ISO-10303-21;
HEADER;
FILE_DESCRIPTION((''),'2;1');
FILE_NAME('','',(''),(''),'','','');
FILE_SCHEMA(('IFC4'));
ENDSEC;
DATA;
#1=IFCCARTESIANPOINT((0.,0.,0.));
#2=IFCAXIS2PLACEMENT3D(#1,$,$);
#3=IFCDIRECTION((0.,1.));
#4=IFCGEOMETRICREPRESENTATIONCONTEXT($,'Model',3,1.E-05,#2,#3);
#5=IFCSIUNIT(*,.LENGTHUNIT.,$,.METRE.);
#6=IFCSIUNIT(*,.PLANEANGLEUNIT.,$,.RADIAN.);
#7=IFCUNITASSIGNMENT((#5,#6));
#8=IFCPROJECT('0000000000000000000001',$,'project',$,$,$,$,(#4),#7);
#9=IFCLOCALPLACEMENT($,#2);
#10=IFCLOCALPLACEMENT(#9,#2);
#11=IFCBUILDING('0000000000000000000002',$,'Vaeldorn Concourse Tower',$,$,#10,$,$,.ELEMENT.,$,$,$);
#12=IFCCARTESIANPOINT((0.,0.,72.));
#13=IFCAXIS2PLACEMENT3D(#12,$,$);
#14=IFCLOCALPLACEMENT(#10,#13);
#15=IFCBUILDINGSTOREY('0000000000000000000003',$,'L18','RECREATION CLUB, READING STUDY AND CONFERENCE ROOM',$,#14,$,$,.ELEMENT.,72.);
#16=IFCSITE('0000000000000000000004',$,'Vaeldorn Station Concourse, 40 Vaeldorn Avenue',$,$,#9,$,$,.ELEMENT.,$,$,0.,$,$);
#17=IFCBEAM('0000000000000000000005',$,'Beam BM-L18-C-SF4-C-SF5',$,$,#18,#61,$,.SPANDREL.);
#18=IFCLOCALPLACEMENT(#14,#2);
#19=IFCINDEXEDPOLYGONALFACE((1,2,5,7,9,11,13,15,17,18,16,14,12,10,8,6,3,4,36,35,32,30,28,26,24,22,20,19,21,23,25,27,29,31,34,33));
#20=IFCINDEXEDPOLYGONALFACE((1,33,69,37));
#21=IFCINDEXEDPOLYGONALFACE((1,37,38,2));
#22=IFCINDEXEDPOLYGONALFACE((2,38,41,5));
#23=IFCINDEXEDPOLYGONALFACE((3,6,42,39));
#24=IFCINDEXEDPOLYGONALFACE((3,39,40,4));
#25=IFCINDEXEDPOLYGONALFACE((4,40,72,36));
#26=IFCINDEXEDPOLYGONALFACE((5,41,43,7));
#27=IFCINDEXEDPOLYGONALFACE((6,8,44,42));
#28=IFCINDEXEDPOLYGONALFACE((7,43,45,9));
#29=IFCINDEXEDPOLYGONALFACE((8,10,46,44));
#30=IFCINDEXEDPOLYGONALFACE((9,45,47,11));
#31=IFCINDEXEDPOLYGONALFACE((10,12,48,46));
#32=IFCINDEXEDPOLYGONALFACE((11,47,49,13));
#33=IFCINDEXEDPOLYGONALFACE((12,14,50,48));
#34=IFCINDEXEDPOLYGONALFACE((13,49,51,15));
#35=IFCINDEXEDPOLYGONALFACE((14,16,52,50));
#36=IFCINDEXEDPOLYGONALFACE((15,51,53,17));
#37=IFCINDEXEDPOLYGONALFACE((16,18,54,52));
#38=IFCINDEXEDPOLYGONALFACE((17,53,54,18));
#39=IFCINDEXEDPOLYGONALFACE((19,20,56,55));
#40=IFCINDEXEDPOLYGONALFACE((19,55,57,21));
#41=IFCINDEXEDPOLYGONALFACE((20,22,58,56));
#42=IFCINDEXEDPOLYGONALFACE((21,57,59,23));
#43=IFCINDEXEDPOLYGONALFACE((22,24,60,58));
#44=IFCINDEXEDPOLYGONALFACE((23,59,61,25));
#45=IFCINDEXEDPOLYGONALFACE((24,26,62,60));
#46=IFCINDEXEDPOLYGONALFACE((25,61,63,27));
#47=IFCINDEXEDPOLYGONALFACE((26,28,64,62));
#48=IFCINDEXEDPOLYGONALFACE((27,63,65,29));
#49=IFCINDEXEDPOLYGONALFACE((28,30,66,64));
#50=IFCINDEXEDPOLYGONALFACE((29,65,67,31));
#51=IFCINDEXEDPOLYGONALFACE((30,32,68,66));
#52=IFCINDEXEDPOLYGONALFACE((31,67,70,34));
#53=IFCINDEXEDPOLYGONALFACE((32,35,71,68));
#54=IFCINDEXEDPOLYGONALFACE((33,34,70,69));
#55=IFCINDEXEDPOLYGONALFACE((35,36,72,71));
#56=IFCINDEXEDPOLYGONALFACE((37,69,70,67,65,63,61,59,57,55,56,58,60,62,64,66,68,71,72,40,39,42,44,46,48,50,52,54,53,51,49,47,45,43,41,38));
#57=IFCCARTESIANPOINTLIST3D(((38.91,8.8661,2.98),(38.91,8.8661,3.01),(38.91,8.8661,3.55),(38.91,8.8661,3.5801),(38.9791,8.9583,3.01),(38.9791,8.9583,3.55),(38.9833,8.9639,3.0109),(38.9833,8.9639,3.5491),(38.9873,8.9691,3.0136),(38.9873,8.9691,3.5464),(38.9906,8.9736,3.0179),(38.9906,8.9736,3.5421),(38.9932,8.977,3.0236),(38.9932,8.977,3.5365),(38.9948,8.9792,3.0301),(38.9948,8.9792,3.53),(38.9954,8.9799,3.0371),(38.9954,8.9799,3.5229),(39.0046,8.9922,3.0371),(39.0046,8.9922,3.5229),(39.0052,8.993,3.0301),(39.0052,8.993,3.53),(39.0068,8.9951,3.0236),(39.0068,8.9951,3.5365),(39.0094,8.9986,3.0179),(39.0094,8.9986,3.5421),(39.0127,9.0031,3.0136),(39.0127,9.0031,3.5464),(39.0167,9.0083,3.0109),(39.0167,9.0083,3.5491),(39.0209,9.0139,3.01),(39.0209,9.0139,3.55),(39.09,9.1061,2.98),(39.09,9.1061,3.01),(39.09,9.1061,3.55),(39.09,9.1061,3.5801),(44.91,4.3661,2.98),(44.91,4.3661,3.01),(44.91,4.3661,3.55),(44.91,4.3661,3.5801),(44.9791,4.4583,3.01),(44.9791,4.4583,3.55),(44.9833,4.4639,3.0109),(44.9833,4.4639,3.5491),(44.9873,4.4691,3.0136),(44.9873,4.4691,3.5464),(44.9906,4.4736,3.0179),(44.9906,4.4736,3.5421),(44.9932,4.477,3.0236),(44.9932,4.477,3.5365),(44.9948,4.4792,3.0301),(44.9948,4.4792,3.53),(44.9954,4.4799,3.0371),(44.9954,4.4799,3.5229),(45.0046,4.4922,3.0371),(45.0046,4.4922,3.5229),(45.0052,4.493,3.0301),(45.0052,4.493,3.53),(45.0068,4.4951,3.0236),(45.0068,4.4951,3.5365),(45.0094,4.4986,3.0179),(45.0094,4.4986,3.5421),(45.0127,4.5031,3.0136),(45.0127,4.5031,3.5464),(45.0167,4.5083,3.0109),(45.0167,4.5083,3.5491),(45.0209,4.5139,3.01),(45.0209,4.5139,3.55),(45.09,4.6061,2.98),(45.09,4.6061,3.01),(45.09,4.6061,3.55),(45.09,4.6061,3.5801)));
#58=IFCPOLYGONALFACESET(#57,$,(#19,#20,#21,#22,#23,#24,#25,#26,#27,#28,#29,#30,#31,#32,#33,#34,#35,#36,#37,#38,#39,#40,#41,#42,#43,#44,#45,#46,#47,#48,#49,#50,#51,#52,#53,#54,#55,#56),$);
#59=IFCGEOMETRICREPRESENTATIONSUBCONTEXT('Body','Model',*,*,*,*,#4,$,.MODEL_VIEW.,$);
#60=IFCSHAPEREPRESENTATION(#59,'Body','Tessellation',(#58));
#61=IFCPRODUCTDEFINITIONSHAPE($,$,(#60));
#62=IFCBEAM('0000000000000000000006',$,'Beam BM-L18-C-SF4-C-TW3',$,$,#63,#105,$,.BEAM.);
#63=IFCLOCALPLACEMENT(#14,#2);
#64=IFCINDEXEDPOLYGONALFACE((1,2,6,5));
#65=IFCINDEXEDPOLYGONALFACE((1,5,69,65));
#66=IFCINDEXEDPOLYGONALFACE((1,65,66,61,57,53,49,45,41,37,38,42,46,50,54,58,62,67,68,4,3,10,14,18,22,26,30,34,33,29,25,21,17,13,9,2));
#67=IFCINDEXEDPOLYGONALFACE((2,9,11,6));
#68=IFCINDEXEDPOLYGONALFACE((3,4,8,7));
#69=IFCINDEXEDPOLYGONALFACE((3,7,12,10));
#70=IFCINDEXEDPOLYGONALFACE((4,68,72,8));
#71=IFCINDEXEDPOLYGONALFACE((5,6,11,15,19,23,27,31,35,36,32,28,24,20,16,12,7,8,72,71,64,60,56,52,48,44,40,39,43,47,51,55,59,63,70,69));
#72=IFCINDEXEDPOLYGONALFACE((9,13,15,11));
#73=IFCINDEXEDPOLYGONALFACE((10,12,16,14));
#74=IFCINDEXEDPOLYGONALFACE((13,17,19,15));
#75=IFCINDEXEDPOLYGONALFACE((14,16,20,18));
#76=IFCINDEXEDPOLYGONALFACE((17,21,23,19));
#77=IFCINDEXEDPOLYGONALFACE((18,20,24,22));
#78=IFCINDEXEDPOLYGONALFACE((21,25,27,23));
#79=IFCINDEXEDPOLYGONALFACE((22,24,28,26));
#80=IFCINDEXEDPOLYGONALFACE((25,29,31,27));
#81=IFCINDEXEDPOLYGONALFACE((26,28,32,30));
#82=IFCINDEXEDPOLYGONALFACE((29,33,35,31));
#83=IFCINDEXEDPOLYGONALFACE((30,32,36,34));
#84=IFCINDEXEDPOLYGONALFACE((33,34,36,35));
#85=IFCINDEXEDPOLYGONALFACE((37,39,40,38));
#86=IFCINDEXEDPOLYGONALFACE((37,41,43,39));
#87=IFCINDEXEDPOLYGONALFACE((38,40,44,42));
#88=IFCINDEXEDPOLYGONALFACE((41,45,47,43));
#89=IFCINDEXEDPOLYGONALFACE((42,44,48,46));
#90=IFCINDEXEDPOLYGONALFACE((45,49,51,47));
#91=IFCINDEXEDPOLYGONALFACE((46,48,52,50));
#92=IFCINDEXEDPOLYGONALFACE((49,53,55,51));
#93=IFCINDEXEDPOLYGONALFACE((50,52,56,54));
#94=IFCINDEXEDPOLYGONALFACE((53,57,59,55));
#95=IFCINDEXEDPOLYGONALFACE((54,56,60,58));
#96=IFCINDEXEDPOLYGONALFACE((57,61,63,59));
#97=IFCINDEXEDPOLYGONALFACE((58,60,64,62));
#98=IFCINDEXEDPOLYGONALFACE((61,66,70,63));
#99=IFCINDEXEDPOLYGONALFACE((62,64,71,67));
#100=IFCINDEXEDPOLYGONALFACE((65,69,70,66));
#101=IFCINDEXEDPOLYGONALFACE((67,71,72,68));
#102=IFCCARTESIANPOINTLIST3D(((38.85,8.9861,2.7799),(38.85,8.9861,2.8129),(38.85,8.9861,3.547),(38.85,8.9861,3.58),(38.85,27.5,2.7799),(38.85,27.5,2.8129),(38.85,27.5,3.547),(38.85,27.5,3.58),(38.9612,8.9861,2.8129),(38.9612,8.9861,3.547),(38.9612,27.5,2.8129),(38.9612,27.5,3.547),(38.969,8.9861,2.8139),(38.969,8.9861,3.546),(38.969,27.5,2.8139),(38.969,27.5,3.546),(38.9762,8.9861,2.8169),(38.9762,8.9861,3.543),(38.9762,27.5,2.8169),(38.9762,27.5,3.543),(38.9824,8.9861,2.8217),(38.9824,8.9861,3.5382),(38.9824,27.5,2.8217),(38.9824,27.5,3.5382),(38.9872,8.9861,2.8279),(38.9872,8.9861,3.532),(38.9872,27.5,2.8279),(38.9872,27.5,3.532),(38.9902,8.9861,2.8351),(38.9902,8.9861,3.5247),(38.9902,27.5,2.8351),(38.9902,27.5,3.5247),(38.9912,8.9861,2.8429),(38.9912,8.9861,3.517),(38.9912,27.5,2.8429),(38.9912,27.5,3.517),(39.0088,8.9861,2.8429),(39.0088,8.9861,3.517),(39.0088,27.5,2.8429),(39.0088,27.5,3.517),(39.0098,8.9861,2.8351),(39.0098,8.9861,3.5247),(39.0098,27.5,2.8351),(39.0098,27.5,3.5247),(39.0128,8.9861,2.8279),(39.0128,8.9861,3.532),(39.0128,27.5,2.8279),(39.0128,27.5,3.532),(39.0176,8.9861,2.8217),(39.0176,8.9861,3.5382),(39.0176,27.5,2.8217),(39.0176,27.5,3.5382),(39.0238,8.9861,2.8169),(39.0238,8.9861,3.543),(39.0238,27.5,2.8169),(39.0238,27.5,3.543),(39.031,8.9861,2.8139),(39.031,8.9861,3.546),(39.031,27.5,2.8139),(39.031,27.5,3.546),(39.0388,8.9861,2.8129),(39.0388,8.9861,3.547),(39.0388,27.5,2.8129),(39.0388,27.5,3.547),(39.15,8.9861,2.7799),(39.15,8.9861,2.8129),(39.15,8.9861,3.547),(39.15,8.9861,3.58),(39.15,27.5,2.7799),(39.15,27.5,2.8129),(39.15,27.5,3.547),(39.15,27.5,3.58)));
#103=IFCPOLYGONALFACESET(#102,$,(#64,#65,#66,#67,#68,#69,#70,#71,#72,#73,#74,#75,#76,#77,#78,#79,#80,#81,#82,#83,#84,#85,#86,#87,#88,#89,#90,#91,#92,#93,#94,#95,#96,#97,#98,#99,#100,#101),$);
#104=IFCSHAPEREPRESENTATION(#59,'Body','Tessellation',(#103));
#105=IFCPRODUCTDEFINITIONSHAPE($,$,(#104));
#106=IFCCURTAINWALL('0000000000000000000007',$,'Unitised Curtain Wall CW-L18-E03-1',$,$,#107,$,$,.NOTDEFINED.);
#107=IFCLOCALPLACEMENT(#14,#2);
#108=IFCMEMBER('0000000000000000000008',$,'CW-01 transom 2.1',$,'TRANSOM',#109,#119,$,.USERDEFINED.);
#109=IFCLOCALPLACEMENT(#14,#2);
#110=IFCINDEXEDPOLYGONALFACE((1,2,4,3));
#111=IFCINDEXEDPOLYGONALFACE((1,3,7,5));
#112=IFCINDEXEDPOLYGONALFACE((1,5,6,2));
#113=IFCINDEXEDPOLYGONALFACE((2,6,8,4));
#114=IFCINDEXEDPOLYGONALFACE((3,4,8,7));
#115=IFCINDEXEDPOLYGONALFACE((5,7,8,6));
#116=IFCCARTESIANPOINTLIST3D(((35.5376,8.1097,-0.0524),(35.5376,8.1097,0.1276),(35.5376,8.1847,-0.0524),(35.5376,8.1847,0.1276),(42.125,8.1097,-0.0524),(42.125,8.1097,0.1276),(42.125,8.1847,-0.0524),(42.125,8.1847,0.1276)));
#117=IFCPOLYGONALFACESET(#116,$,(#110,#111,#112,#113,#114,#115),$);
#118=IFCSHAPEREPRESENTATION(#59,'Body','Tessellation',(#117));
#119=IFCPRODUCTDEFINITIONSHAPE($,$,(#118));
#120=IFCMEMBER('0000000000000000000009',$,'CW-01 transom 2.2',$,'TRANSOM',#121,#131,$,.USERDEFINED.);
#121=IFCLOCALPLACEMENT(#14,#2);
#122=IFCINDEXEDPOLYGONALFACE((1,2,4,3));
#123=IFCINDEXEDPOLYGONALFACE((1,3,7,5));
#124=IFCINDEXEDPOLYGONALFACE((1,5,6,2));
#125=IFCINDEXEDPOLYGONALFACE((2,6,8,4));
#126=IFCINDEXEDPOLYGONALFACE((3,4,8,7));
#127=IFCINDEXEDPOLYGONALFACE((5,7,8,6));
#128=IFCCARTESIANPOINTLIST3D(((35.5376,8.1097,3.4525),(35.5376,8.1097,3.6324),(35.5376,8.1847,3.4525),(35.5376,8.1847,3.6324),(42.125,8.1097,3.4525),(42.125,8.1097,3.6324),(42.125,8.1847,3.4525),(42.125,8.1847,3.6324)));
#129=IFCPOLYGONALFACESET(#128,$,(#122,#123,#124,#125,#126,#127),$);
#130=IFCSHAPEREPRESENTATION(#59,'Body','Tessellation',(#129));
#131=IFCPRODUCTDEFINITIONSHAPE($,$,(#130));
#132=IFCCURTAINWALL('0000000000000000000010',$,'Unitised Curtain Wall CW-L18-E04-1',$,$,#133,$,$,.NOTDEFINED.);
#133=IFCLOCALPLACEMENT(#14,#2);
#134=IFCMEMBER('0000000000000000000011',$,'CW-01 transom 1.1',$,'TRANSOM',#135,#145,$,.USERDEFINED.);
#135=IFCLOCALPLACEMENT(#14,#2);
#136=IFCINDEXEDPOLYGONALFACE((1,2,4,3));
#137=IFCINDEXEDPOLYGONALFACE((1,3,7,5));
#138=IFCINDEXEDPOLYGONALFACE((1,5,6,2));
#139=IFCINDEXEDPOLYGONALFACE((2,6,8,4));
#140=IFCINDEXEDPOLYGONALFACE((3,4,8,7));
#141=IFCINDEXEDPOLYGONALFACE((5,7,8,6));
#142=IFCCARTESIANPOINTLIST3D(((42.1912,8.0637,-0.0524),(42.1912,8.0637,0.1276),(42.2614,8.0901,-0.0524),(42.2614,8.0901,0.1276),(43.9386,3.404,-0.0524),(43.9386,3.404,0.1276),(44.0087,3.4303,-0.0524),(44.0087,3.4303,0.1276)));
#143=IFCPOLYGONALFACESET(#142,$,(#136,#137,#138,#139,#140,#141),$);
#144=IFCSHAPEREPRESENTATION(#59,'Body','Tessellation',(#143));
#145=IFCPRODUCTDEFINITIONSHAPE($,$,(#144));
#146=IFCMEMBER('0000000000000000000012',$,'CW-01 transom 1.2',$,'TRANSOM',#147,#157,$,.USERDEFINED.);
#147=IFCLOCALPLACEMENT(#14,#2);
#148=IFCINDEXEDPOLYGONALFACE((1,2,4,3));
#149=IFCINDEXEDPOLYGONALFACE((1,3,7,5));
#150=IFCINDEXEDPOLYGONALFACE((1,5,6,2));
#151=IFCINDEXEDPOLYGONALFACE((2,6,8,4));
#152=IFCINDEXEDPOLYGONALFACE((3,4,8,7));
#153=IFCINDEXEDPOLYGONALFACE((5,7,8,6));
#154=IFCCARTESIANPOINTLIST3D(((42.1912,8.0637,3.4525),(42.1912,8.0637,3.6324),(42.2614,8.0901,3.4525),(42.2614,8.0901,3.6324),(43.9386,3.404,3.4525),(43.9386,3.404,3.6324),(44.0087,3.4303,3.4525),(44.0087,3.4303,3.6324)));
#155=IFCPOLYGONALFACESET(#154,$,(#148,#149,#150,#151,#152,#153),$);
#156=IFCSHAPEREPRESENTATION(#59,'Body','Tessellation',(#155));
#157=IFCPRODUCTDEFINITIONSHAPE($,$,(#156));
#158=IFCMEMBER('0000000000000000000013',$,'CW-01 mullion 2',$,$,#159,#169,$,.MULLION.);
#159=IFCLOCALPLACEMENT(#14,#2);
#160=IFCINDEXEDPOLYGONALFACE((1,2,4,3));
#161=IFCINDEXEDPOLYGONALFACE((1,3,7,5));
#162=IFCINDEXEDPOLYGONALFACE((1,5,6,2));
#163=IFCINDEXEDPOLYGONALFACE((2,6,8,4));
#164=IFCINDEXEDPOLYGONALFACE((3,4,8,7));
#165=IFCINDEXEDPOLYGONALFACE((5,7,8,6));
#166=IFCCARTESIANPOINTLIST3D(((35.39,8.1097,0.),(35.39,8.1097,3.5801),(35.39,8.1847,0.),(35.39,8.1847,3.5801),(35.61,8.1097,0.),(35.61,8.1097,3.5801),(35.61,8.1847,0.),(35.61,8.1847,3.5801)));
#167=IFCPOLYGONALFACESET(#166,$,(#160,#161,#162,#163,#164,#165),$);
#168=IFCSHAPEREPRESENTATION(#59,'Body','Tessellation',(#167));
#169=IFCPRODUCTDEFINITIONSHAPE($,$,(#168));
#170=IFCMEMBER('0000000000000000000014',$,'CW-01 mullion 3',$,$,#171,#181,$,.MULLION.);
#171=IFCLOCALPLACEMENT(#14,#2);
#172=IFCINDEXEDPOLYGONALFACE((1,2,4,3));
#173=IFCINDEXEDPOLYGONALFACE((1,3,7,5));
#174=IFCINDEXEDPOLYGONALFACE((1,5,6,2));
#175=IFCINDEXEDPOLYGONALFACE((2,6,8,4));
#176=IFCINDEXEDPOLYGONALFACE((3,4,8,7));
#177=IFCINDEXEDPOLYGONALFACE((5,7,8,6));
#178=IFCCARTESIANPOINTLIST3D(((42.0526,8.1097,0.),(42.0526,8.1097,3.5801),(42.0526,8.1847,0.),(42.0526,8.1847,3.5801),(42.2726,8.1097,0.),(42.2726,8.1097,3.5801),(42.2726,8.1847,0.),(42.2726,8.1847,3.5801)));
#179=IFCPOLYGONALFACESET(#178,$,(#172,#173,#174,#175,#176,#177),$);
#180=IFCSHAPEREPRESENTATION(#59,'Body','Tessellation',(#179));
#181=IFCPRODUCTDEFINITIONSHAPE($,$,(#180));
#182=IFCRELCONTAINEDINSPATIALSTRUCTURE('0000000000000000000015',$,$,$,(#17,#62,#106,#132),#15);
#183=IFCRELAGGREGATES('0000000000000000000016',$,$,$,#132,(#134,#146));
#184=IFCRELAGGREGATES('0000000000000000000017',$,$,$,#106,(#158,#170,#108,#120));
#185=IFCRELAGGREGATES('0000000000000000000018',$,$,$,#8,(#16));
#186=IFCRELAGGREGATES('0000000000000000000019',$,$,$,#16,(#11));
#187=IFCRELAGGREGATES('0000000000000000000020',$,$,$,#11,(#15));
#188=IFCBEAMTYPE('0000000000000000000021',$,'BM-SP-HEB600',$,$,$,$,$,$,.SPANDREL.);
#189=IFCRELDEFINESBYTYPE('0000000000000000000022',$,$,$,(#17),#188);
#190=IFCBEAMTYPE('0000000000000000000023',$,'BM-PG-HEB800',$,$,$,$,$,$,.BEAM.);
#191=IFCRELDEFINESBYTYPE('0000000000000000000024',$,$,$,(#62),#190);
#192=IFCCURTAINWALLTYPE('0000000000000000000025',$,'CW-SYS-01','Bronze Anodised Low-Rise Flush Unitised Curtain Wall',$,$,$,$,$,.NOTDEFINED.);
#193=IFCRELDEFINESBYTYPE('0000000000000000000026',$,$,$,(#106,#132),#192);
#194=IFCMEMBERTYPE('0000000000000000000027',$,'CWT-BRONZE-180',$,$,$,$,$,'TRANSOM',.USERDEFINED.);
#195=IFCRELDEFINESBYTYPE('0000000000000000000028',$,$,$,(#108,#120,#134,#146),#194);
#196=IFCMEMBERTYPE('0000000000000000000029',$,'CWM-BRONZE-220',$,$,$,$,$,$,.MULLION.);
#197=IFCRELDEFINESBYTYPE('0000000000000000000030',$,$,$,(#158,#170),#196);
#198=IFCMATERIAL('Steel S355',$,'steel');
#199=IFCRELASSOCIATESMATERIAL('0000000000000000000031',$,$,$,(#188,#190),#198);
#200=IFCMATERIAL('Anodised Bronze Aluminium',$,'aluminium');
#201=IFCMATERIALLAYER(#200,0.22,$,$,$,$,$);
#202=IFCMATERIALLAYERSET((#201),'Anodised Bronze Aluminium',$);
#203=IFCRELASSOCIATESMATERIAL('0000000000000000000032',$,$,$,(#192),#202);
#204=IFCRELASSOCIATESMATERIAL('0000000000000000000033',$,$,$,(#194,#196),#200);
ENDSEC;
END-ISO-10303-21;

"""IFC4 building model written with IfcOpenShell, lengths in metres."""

from ifc_helpers import new_model, si_unit, direction, frame, origin, origin_2d, place, context, subcontext, project, spatial, rectangle, i_section, extrude, source, transform, mapped, material, layer, layer_set, material_profile, profile_set, type_object, element, aggregate, save


model = new_model("IFC4")

# Units and contexts
model_context = context("Model", 3, precision=1e-05, world=origin(), true_north=direction((0.0, 1.0)))
body_context = subcontext(model_context, "Body", "Model", "MODEL_VIEW")
ifc_project = project(units=[si_unit("LENGTHUNIT", "METRE"), si_unit("PLANEANGLEUNIT", "RADIAN")], contexts=[model_context])

# Site, building, storey
site_placement = place(None, origin())
site = spatial("IfcSite", under=ifc_project, at=site_placement, Name="Vaeldorn Station Concourse, 40 Vaeldorn Avenue", CompositionType="ELEMENT", RefElevation=0.0)
building_placement = place(site_placement, origin())
building = spatial("IfcBuilding", under=site, at=building_placement, Name="Vaeldorn Concourse Tower", CompositionType="ELEMENT")
storey_placement = place(building_placement, frame((0.0, 0.0, 72.0)))
storey = spatial("IfcBuildingStorey", under=building, at=storey_placement, Name="L18", Description="RECREATION CLUB, READING STUDY AND CONFERENCE ROOM", CompositionType="ELEMENT", Elevation=72.0)

# Beams
ifc_material_1 = material(Name="Steel S355", Category="steel")
ifc_material_profile_1 = material_profile(ifc_material_1, i_section(OverallWidth=0.3, OverallDepth=0.6001, WebThickness=0.0154, FlangeThickness=0.03, FilletRadius=0.0271, at=origin_2d()), Name="HEB 600")
ifc_profile_set_1 = profile_set([ifc_material_profile_1], Name="Steel S355")
beam_type_1 = type_object("IfcBeamType", Name="BM-SP-HEB600", PredefinedType="SPANDREL", material=ifc_profile_set_1)
shared_shape_1 = source(origin(), body_context, "Body", "SweptSolid", [
    extrude(i_section(OverallWidth=0.3, OverallDepth=0.6001, WebThickness=0.0154, FlangeThickness=0.03, FilletRadius=0.0271, at=origin_2d()), origin(), (0.0, 0.0, 1.0), 7.5),
])
beam_1_placement = place(storey_placement, frame((39.0, 8.9861, 3.28), z_axis=(0.8, -0.6, 0.0), x_axis=(0.6, 0.8, 0.0)))
element("IfcBeam", 1, at=beam_1_placement, inside=storey, type_object=beam_type_1, Name="Beam BM-L18-C-SF4-C-SF5", PredefinedType="SPANDREL", context=body_context, shape_type="MappedRepresentation", body=[
    mapped(shared_shape_1, transform((0.0, 0.0, 0.0), scale=1.0)),
])
ifc_material_profile_2 = material_profile(ifc_material_1, i_section(OverallWidth=0.3, OverallDepth=0.8, WebThickness=0.0176, FlangeThickness=0.033, FilletRadius=0.03, at=origin_2d()), Name="HEB 800")
ifc_profile_set_2 = profile_set([ifc_material_profile_2], Name="Steel S355")
beam_type_2 = type_object("IfcBeamType", Name="BM-PG-HEB800", PredefinedType="BEAM", material=ifc_profile_set_2)
shared_shape_2 = source(origin(), body_context, "Body", "SweptSolid", [
    extrude(i_section(OverallWidth=0.3, OverallDepth=0.8, WebThickness=0.0176, FlangeThickness=0.033, FilletRadius=0.03, at=origin_2d()), origin(), (0.0, 0.0, 1.0), 18.5139),
])
beam_2_placement = place(storey_placement, frame((39.0, 8.9861, 3.1799), z_axis=(0.0, 1.0, 0.0), x_axis=(-1.0, 0.0, 0.0)))
element("IfcBeam", 2, at=beam_2_placement, inside=storey, type_object=beam_type_2, Name="Beam BM-L18-C-SF4-C-TW3", PredefinedType="BEAM", context=body_context, shape_type="MappedRepresentation", body=[
    mapped(shared_shape_2, transform((0.0, 0.0, 0.0), scale=1.0)),
])

# Curtain walls, members
ifc_material_2 = material(Name="Anodised Bronze Aluminium", Category="aluminium")
ifc_layer_1 = layer(ifc_material_2, 0.22)
ifc_layer_set_1 = layer_set([ifc_layer_1], Name="Anodised Bronze Aluminium")
curtain_wall_type = type_object("IfcCurtainWallType", Name="CW-SYS-01", Description="Bronze Anodised Low-Rise Flush Unitised Curtain Wall", PredefinedType="NOTDEFINED", material=ifc_layer_set_1)
curtain_wall_1_placement = place(storey_placement, origin())
curtain_wall_1 = element("IfcCurtainWall", 3, at=curtain_wall_1_placement, inside=storey, type_object=curtain_wall_type, Name="Unitised Curtain Wall CW-L18-E03-1", PredefinedType="NOTDEFINED")
ifc_material_profile_3 = material_profile(ifc_material_2, rectangle(XDim=0.075, YDim=0.1799, at=origin_2d()), Name="CWT 75x180")
ifc_profile_set_3 = profile_set([ifc_material_profile_3], Name="Anodised Bronze Aluminium")
member_type_1 = type_object("IfcMemberType", Name="CWT-BRONZE-180", ElementType="TRANSOM", PredefinedType="USERDEFINED", material=ifc_profile_set_3)
shared_shape_3 = source(origin(), body_context, "Body", "SweptSolid", [
    extrude(rectangle(XDim=0.075, YDim=0.1799, at=origin_2d()), origin(), (0.0, 0.0, 1.0), 6.5874),
])
member_1_placement = place(storey_placement, frame((35.5376, 8.1472, 0.0376), z_axis=(1.0, 0.0, 0.0), x_axis=(0.0, 1.0, 0.0)))
member_1 = element("IfcMember", 4, at=member_1_placement, type_object=member_type_1, Name="CW-01 transom 2.1", ObjectType="TRANSOM", PredefinedType="USERDEFINED", context=body_context, shape_type="MappedRepresentation", body=[
    mapped(shared_shape_3, transform((0.0, 0.0, 0.0), scale=1.0)),
])
member_2_placement = place(storey_placement, frame((35.5376, 8.1472, 3.5425), z_axis=(1.0, 0.0, 0.0), x_axis=(0.0, 1.0, 0.0)))
member_2 = element("IfcMember", 5, at=member_2_placement, type_object=member_type_1, Name="CW-01 transom 2.2", ObjectType="TRANSOM", PredefinedType="USERDEFINED", context=body_context, shape_type="MappedRepresentation", body=[
    mapped(shared_shape_3, transform((0.0, 0.0, 0.0), scale=1.0)),
])
curtain_wall_2_placement = place(storey_placement, origin())
curtain_wall_2 = element("IfcCurtainWall", 6, at=curtain_wall_2_placement, inside=storey, type_object=curtain_wall_type, Name="Unitised Curtain Wall CW-L18-E04-1", PredefinedType="NOTDEFINED")
shared_shape_4 = source(origin(), body_context, "Body", "SweptSolid", [
    extrude(rectangle(XDim=0.075, YDim=0.1799, at=origin_2d()), origin(), (0.0, 0.0, 1.0), 4.9766),
])
member_3_placement = place(storey_placement, frame((42.2263, 8.0769, 0.0376), z_axis=(0.351113, -0.936333, 0.0), x_axis=(0.936333, 0.351113, 0.0)))
member_3 = element("IfcMember", 7, at=member_3_placement, type_object=member_type_1, Name="CW-01 transom 1.1", ObjectType="TRANSOM", PredefinedType="USERDEFINED", context=body_context, shape_type="MappedRepresentation", body=[
    mapped(shared_shape_4, transform((0.0, 0.0, 0.0), scale=1.0)),
])
member_4_placement = place(storey_placement, frame((42.2263, 8.0769, 3.5425), z_axis=(0.351113, -0.936333, 0.0), x_axis=(0.936333, 0.351113, 0.0)))
member_4 = element("IfcMember", 8, at=member_4_placement, type_object=member_type_1, Name="CW-01 transom 1.2", ObjectType="TRANSOM", PredefinedType="USERDEFINED", context=body_context, shape_type="MappedRepresentation", body=[
    mapped(shared_shape_4, transform((0.0, 0.0, 0.0), scale=1.0)),
])

# Members
ifc_material_profile_4 = material_profile(ifc_material_2, rectangle(XDim=0.075, YDim=0.22, at=origin_2d()), Name="CWM 75x220")
ifc_profile_set_4 = profile_set([ifc_material_profile_4], Name="Anodised Bronze Aluminium")
member_type_2 = type_object("IfcMemberType", Name="CWM-BRONZE-220", PredefinedType="MULLION", material=ifc_profile_set_4)
shared_shape_5 = source(origin(), body_context, "Body", "SweptSolid", [
    extrude(rectangle(XDim=0.075, YDim=0.22, at=origin_2d()), origin(), (0.0, 0.0, 1.0), 3.5801),
])
member_5_placement = place(storey_placement, frame((35.5, 8.1472, 0.0), z_axis=(0.0, 0.0, 1.0), x_axis=(0.0, 1.0, 0.0)))
member_5 = element("IfcMember", 9, at=member_5_placement, type_object=member_type_2, Name="CW-01 mullion 2", PredefinedType="MULLION", context=body_context, shape_type="MappedRepresentation", body=[
    mapped(shared_shape_5, transform((0.0, 0.0, 0.0), scale=1.0)),
])
member_6_placement = place(storey_placement, frame((42.1626, 8.1472, 0.0), z_axis=(0.0, 0.0, 1.0), x_axis=(0.0, 1.0, 0.0)))
member_6 = element("IfcMember", 10, at=member_6_placement, type_object=member_type_2, Name="CW-01 mullion 3", PredefinedType="MULLION", context=body_context, shape_type="MappedRepresentation", body=[
    mapped(shared_shape_5, transform((0.0, 0.0, 0.0), scale=1.0)),
])

aggregate(curtain_wall_2, [member_3, member_4])
aggregate(curtain_wall_1, [member_5, member_6, member_1, member_2])

save(model, "model.ifc")
